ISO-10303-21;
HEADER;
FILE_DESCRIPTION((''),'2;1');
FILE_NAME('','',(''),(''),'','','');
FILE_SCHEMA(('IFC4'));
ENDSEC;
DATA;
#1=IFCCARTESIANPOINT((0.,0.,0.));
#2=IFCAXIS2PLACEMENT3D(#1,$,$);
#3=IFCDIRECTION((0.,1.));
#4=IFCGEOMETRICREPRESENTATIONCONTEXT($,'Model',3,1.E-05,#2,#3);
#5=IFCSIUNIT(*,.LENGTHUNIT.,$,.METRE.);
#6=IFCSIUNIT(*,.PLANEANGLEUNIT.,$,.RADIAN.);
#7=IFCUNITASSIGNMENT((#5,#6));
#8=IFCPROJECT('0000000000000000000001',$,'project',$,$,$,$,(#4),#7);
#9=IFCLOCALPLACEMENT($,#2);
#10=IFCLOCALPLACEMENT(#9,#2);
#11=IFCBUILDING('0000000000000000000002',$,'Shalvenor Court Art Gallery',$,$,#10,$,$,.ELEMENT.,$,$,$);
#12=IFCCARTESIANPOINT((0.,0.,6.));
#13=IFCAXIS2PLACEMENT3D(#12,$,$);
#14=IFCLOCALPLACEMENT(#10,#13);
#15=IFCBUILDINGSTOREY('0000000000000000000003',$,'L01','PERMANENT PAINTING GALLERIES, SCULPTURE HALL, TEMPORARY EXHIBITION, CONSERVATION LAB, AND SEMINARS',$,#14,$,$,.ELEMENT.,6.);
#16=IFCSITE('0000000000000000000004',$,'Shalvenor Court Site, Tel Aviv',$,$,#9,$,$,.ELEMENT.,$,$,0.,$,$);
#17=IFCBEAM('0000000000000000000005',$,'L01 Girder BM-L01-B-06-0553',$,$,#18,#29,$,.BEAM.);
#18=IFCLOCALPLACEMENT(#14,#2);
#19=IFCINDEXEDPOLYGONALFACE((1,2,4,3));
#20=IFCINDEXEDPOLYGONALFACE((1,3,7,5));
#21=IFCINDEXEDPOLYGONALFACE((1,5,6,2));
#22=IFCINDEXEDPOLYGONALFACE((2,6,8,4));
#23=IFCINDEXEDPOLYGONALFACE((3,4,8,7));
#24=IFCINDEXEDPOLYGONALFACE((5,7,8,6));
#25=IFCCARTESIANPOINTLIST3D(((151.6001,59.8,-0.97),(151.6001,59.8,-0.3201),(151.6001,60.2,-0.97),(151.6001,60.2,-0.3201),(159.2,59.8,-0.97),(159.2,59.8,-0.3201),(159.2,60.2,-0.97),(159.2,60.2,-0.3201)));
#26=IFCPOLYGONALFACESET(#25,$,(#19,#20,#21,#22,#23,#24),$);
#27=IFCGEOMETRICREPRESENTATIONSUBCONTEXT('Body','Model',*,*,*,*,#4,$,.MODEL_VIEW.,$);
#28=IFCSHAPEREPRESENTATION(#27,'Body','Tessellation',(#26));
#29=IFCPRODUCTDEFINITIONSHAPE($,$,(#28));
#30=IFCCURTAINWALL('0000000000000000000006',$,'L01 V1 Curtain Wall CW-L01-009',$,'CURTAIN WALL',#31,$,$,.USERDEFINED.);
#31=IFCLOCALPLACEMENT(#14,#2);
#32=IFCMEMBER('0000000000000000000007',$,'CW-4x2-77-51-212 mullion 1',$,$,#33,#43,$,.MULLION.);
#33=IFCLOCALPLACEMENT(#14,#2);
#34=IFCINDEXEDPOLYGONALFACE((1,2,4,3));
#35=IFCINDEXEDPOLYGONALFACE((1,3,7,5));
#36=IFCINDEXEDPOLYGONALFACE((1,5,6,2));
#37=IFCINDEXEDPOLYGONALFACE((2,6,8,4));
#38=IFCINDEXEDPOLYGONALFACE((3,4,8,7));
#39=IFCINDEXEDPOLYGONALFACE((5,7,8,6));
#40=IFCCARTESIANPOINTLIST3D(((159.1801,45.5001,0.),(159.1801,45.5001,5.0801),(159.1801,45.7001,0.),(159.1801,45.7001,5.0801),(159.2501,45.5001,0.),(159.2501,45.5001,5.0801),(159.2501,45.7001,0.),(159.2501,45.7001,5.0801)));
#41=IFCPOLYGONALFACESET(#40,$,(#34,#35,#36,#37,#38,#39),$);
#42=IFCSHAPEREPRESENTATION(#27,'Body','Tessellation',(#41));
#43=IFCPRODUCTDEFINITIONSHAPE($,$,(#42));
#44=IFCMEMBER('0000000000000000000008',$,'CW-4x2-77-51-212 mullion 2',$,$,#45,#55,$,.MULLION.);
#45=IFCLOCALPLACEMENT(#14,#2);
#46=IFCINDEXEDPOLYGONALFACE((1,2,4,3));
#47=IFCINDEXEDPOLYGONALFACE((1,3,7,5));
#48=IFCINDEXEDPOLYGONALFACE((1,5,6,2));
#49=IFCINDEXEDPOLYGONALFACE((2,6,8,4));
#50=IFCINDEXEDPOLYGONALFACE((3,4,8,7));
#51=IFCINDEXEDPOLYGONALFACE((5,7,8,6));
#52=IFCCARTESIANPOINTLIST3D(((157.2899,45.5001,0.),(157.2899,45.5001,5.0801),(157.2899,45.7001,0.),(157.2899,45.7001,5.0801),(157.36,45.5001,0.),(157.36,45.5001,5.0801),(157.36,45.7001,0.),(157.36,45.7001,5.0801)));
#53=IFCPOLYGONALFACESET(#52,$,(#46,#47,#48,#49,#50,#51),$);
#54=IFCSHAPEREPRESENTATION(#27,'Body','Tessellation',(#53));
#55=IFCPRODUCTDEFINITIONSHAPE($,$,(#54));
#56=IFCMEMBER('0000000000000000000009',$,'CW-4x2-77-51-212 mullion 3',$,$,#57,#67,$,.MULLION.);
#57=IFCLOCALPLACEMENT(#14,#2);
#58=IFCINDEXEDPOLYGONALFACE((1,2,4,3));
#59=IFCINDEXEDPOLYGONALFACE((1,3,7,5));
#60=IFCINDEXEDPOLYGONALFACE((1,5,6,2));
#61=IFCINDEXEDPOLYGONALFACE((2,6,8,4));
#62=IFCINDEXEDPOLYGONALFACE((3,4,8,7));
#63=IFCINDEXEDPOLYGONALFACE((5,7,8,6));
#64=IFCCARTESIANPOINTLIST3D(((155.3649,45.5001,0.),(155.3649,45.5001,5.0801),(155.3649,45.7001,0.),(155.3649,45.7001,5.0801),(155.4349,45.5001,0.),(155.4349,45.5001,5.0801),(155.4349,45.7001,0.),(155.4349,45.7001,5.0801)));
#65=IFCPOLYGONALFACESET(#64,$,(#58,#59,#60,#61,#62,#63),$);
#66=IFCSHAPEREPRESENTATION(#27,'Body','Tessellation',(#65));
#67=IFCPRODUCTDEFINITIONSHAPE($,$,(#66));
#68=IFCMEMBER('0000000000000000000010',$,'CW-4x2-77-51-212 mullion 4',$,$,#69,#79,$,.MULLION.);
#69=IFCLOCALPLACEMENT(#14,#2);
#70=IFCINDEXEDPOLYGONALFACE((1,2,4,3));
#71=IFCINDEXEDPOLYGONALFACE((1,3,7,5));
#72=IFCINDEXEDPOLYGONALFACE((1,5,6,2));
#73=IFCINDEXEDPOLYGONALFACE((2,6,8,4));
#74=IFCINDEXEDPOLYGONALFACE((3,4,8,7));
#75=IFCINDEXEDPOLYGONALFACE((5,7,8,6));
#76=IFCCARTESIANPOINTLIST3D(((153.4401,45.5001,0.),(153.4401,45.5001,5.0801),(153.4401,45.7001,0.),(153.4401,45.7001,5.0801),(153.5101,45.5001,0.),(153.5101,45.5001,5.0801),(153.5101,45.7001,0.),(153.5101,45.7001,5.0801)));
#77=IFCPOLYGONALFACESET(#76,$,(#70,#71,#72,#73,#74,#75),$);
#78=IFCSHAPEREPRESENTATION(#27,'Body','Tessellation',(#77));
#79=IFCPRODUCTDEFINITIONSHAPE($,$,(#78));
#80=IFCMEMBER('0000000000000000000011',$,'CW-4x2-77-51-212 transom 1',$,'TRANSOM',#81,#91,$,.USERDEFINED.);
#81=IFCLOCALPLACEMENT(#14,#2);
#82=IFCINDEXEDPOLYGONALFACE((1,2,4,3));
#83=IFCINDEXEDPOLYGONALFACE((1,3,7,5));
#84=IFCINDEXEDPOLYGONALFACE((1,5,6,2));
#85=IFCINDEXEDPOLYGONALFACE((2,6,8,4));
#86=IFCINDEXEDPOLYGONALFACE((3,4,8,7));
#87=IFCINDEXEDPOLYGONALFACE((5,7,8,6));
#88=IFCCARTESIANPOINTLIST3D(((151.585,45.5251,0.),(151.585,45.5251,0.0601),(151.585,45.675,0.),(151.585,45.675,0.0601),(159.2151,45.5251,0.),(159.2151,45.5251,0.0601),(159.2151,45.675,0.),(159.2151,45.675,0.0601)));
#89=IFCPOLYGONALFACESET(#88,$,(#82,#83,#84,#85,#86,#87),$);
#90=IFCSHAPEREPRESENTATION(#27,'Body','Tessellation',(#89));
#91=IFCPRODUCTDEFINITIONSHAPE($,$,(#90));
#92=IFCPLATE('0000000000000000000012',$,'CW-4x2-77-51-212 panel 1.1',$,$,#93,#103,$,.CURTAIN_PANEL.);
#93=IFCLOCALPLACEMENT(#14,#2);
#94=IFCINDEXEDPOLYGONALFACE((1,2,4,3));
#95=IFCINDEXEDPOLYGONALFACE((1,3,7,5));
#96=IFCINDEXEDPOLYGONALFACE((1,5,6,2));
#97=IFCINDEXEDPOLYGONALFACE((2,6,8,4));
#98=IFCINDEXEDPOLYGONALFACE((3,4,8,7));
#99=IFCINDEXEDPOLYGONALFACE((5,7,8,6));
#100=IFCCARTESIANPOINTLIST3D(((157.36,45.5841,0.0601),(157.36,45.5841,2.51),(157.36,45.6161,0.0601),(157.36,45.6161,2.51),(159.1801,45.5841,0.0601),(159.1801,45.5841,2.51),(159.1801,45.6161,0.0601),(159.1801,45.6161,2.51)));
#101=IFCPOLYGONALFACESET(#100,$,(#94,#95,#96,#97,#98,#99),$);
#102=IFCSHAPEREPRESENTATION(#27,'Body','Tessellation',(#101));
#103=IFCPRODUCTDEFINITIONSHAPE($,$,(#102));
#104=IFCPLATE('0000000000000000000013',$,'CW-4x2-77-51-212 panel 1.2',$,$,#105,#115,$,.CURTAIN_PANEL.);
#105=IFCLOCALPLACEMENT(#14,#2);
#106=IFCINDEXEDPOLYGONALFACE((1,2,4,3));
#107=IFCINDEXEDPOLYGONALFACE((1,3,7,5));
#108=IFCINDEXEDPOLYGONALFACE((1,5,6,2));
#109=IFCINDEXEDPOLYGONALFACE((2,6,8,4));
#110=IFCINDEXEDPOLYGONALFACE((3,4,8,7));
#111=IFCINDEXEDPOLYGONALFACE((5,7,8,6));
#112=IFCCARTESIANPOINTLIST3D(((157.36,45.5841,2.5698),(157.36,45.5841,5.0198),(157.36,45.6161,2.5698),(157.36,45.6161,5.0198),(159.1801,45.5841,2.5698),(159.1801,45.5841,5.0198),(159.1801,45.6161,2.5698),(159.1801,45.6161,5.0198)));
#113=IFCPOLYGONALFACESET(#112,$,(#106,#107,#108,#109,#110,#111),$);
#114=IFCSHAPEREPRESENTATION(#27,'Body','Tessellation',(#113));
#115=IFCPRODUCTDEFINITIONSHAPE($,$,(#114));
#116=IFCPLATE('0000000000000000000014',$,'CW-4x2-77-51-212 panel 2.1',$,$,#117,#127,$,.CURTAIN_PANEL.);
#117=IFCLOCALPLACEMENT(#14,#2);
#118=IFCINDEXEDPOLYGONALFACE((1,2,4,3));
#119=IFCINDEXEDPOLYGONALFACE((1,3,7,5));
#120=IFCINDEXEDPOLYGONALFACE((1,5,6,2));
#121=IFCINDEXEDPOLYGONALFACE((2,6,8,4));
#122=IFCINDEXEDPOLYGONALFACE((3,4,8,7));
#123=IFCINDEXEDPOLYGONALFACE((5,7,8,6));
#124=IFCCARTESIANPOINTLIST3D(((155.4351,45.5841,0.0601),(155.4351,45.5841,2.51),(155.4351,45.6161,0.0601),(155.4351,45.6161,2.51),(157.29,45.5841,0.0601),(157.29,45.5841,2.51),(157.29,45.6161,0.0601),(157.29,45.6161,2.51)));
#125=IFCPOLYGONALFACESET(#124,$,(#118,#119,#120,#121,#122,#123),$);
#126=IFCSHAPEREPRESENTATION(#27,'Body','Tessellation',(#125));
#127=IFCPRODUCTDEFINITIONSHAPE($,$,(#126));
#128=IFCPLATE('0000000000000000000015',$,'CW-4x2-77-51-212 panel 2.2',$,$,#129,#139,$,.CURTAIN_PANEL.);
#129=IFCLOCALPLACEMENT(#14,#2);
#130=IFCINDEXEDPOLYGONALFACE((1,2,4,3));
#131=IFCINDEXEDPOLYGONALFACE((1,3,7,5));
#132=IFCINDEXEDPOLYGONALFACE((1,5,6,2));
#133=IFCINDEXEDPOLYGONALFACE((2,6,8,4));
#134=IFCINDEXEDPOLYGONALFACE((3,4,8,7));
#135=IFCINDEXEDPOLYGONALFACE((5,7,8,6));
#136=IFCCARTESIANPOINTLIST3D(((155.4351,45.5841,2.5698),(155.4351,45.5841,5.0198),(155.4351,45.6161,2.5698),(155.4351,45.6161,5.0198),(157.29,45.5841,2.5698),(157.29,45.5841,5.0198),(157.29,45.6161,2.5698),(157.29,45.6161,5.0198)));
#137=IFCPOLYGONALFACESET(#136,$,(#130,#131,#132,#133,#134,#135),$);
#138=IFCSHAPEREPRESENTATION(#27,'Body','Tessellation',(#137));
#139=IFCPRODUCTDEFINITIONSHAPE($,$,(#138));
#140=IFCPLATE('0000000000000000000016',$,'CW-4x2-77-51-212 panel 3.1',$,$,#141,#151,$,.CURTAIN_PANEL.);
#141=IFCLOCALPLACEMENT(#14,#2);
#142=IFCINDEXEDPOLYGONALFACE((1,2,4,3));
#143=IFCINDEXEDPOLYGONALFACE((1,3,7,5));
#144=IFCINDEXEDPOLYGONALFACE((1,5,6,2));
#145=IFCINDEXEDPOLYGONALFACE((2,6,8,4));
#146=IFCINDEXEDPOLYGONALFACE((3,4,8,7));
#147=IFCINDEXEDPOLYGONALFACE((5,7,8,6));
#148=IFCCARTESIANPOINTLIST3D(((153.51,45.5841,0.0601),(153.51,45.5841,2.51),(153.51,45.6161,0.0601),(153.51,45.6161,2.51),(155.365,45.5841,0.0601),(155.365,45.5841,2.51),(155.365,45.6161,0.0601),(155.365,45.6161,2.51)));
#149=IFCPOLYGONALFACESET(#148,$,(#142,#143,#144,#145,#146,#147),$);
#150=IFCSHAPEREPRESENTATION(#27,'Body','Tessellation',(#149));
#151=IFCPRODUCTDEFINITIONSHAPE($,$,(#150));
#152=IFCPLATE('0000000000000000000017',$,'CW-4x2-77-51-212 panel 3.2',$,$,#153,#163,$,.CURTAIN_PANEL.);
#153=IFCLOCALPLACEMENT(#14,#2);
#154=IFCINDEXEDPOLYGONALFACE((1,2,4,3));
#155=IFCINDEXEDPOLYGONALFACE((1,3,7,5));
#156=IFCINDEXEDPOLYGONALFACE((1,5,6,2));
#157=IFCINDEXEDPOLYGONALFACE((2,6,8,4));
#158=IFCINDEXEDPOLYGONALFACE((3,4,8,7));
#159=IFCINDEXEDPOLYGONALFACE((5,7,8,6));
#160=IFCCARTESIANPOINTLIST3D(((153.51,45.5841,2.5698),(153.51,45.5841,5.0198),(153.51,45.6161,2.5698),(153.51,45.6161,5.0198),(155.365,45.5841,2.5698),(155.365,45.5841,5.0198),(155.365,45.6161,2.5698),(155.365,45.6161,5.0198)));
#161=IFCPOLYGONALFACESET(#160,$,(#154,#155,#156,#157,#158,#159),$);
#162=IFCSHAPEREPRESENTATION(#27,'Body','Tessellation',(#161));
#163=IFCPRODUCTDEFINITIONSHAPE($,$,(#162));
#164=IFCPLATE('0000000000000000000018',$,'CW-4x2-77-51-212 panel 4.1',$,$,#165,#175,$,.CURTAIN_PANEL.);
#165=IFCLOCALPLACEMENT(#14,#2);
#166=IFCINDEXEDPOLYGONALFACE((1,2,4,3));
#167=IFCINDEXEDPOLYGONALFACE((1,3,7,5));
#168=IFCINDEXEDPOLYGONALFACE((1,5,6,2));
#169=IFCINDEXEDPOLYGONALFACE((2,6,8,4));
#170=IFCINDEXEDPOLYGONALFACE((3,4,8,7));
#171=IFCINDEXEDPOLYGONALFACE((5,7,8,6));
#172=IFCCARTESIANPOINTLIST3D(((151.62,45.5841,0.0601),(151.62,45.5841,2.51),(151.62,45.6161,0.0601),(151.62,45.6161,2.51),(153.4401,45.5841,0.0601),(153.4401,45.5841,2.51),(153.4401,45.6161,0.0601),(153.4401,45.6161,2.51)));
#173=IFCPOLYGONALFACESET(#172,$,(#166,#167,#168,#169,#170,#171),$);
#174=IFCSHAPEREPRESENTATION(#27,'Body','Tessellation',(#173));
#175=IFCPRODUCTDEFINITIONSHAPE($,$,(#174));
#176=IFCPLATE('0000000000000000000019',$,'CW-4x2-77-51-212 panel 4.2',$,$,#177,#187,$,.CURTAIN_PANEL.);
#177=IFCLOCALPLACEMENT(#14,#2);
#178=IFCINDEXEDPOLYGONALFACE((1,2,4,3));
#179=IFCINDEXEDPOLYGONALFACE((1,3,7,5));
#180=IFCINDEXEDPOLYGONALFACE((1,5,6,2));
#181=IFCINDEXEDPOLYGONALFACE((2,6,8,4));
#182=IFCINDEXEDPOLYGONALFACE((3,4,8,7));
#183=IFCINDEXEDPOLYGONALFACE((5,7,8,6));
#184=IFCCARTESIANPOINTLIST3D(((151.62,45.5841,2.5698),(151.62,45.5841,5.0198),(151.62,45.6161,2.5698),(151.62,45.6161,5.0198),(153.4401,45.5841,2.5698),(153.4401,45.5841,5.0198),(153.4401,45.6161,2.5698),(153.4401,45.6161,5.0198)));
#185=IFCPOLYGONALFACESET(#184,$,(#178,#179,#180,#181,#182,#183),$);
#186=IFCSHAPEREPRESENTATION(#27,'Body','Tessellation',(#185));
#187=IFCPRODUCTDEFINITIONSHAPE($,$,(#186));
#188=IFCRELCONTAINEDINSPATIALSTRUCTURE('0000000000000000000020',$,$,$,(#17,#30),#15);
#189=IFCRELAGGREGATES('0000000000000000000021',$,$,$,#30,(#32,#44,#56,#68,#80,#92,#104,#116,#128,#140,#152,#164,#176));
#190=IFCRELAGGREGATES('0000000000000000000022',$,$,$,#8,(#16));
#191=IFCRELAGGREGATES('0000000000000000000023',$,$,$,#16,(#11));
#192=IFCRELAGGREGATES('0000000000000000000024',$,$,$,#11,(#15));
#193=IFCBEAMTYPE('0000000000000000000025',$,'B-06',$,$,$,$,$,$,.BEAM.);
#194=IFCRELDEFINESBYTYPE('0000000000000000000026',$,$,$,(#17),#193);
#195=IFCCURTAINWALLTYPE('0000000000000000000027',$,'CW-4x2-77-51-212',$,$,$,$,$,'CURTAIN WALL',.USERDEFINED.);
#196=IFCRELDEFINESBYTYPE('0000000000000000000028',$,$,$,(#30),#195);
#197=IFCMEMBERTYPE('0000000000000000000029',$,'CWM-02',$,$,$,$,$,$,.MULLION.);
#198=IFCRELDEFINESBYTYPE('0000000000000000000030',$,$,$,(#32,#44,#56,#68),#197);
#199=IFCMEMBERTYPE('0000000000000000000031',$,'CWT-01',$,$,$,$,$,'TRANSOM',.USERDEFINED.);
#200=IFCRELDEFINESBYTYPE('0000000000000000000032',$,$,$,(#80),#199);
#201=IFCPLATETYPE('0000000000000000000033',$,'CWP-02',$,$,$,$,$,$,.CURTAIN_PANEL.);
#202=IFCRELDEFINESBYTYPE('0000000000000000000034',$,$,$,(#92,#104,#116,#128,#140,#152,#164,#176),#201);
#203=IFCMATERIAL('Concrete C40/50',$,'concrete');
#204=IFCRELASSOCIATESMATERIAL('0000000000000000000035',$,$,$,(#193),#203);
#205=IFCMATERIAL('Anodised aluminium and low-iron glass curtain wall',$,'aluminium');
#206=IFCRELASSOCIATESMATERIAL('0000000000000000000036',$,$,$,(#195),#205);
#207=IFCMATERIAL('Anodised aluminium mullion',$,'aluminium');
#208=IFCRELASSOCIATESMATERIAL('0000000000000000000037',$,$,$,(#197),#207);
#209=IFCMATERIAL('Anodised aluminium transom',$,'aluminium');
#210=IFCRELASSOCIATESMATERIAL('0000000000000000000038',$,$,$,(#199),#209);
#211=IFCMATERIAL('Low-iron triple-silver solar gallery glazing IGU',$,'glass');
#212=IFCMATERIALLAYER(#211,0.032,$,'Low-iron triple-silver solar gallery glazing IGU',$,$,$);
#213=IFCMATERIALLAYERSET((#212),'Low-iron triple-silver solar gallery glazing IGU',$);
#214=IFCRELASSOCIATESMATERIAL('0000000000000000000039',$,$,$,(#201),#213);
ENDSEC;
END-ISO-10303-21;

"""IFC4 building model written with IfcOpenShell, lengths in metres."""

from ifc_helpers import new_model, si_unit, direction, frame, origin, origin_2d, place, context, subcontext, project, spatial, rectangle, extrude, material, layer, layer_set, material_profile, profile_set, type_object, element, aggregate, save


model = new_model("IFC4")

# Units and contexts
model_context = context("Model", 3, precision=1e-05, world=origin(), true_north=direction((0.0, 1.0)))
body_context = subcontext(model_context, "Body", "Model", "MODEL_VIEW")
ifc_project = project(units=[si_unit("LENGTHUNIT", "METRE"), si_unit("PLANEANGLEUNIT", "RADIAN")], contexts=[model_context])

# Site, building, storey
site_placement = place(None, origin())
site = spatial("IfcSite", under=ifc_project, at=site_placement, Name="Shalvenor Court Site, Tel Aviv", CompositionType="ELEMENT", RefElevation=0.0)
building_placement = place(site_placement, origin())
building = spatial("IfcBuilding", under=site, at=building_placement, Name="Shalvenor Court Art Gallery", CompositionType="ELEMENT")
storey_placement = place(building_placement, frame((0.0, 0.0, 6.0)))
storey = spatial("IfcBuildingStorey", under=building, at=storey_placement, Name="L01", Description="PERMANENT PAINTING GALLERIES, SCULPTURE HALL, TEMPORARY EXHIBITION, CONSERVATION LAB, AND SEMINARS", CompositionType="ELEMENT", Elevation=6.0)

# Beam
ifc_material_1 = material(Name="Concrete C40/50", Category="concrete")
ifc_material_profile_1 = material_profile(ifc_material_1, rectangle(XDim=0.3999, YDim=0.6499, at=origin_2d()), Name="RC 400x650")
ifc_profile_set_1 = profile_set([ifc_material_profile_1], Name="Concrete C40/50")
beam_type = type_object("IfcBeamType", Name="B-06", PredefinedType="BEAM", material=ifc_profile_set_1)
beam_placement = place(storey_placement, frame((151.6001, 60.0, -0.645), z_axis=(1.0, 0.0, 0.0), x_axis=(0.0, 1.0, 0.0)))
element("IfcBeam", 1, at=beam_placement, inside=storey, type_object=beam_type, Name="L01 Girder BM-L01-B-06-0553", PredefinedType="BEAM", context=body_context, shape_type="SweptSolid", body=[
    extrude(rectangle(XDim=0.3999, YDim=0.6499, at=origin_2d()), origin(), (0.0, 0.0, 1.0), 7.5999),
])

# Curtain wall, members, plates
ifc_material_2 = material(Name="Anodised aluminium and low-iron glass curtain wall", Category="aluminium")
curtain_wall_type = type_object("IfcCurtainWallType", Name="CW-4x2-77-51-212", ElementType="CURTAIN WALL", PredefinedType="USERDEFINED", material=ifc_material_2)
curtain_wall_placement = place(storey_placement, origin())
curtain_wall = element("IfcCurtainWall", 2, at=curtain_wall_placement, inside=storey, type_object=curtain_wall_type, Name="L01 V1 Curtain Wall CW-L01-009", ObjectType="CURTAIN WALL", PredefinedType="USERDEFINED")
ifc_material_3 = material(Name="Anodised aluminium mullion", Category="aluminium")
ifc_material_profile_2 = material_profile(ifc_material_3, rectangle(XDim=0.0701, YDim=0.2, at=origin_2d()), Name="CWM-02")
ifc_profile_set_2 = profile_set([ifc_material_profile_2], Name="Anodised aluminium mullion")
member_type_1 = type_object("IfcMemberType", Name="CWM-02", PredefinedType="MULLION", material=ifc_profile_set_2)
member_1_placement = place(storey_placement, frame((159.2151, 45.6001, 0.0), z_axis=(0.0, 0.0, 1.0), x_axis=(-1.0, 0.0, 0.0)))
member_1 = element("IfcMember", 3, at=member_1_placement, type_object=member_type_1, Name="CW-4x2-77-51-212 mullion 1", PredefinedType="MULLION", context=body_context, shape_type="SweptSolid", body=[
    extrude(rectangle(XDim=0.0701, YDim=0.2, at=origin_2d()), origin(), (0.0, 0.0, 1.0), 5.0801),
])
member_2_placement = place(storey_placement, frame((157.325, 45.6001, 0.0), z_axis=(0.0, 0.0, 1.0), x_axis=(-1.0, 0.0, 0.0)))
member_2 = element("IfcMember", 4, at=member_2_placement, type_object=member_type_1, Name="CW-4x2-77-51-212 mullion 2", PredefinedType="MULLION", context=body_context, shape_type="SweptSolid", body=[
    extrude(rectangle(XDim=0.0701, YDim=0.2, at=origin_2d()), origin(), (0.0, 0.0, 1.0), 5.0801),
])
member_3_placement = place(storey_placement, frame((155.3999, 45.6001, 0.0), z_axis=(0.0, 0.0, 1.0), x_axis=(-1.0, 0.0, 0.0)))
member_3 = element("IfcMember", 5, at=member_3_placement, type_object=member_type_1, Name="CW-4x2-77-51-212 mullion 3", PredefinedType="MULLION", context=body_context, shape_type="SweptSolid", body=[
    extrude(rectangle(XDim=0.0701, YDim=0.2, at=origin_2d()), origin(), (0.0, 0.0, 1.0), 5.0801),
])
member_4_placement = place(storey_placement, frame((153.4751, 45.6001, 0.0), z_axis=(0.0, 0.0, 1.0), x_axis=(-1.0, 0.0, 0.0)))
member_4 = element("IfcMember", 6, at=member_4_placement, type_object=member_type_1, Name="CW-4x2-77-51-212 mullion 4", PredefinedType="MULLION", context=body_context, shape_type="SweptSolid", body=[
    extrude(rectangle(XDim=0.0701, YDim=0.2, at=origin_2d()), origin(), (0.0, 0.0, 1.0), 5.0801),
])
ifc_material_4 = material(Name="Anodised aluminium transom", Category="aluminium")
ifc_material_profile_3 = material_profile(ifc_material_4, rectangle(XDim=0.1499, YDim=0.0601, at=origin_2d()), Name="CWT-01")
ifc_profile_set_3 = profile_set([ifc_material_profile_3], Name="Anodised aluminium transom")
member_type_2 = type_object("IfcMemberType", Name="CWT-01", ElementType="TRANSOM", PredefinedType="USERDEFINED", material=ifc_profile_set_3)
member_5_placement = place(storey_placement, frame((159.2151, 45.6001, 0.03), z_axis=(-1.0, 0.0, 0.0), x_axis=(0.0, -1.0, 0.0)))
member_5 = element("IfcMember", 7, at=member_5_placement, type_object=member_type_2, Name="CW-4x2-77-51-212 transom 1", ObjectType="TRANSOM", PredefinedType="USERDEFINED", context=body_context, shape_type="SweptSolid", body=[
    extrude(rectangle(XDim=0.1499, YDim=0.0601, at=origin_2d()), origin(), (0.0, 0.0, 1.0), 7.6301),
])
ifc_material_5 = material(Name="Low-iron triple-silver solar gallery glazing IGU", Category="glass")
ifc_layer_1 = layer(ifc_material_5, 0.032, Name="Low-iron triple-silver solar gallery glazing IGU")
ifc_layer_set_1 = layer_set([ifc_layer_1], Name="Low-iron triple-silver solar gallery glazing IGU")
plate_type_1 = type_object("IfcPlateType", Name="CWP-02", PredefinedType="CURTAIN_PANEL", material=ifc_layer_set_1)
plate_1_placement = place(storey_placement, frame((158.27, 45.6001, 0.0601), z_axis=(0.0, 0.0, 1.0), x_axis=(-1.0, 0.0, 0.0)))
plate_1 = element("IfcPlate", 8, at=plate_1_placement, type_object=plate_type_1, Name="CW-4x2-77-51-212 panel 1.1", PredefinedType="CURTAIN_PANEL", context=body_context, shape_type="SweptSolid", body=[
    extrude(rectangle(XDim=1.8201, YDim=0.032, at=origin_2d()), origin(), (0.0, 0.0, 1.0), 2.45),
])
plate_2_placement = place(storey_placement, frame((158.27, 45.6001, 2.5698), z_axis=(0.0, 0.0, 1.0), x_axis=(-1.0, 0.0, 0.0)))
plate_2 = element("IfcPlate", 9, at=plate_2_placement, type_object=plate_type_1, Name="CW-4x2-77-51-212 panel 1.2", PredefinedType="CURTAIN_PANEL", context=body_context, shape_type="SweptSolid", body=[
    extrude(rectangle(XDim=1.8201, YDim=0.032, at=origin_2d()), origin(), (0.0, 0.0, 1.0), 2.45),
])
plate_3_placement = place(storey_placement, frame((156.3625, 45.6001, 0.0601), z_axis=(0.0, 0.0, 1.0), x_axis=(-1.0, 0.0, 0.0)))
plate_3 = element("IfcPlate", 10, at=plate_3_placement, type_object=plate_type_1, Name="CW-4x2-77-51-212 panel 2.1", PredefinedType="CURTAIN_PANEL", context=body_context, shape_type="SweptSolid", body=[
    extrude(rectangle(XDim=1.855, YDim=0.032, at=origin_2d()), origin(), (0.0, 0.0, 1.0), 2.45),
])
plate_4_placement = place(storey_placement, frame((156.3625, 45.6001, 2.5698), z_axis=(0.0, 0.0, 1.0), x_axis=(-1.0, 0.0, 0.0)))
plate_4 = element("IfcPlate", 11, at=plate_4_placement, type_object=plate_type_1, Name="CW-4x2-77-51-212 panel 2.2", PredefinedType="CURTAIN_PANEL", context=body_context, shape_type="SweptSolid", body=[
    extrude(rectangle(XDim=1.855, YDim=0.032, at=origin_2d()), origin(), (0.0, 0.0, 1.0), 2.45),
])
plate_5_placement = place(storey_placement, frame((154.4375, 45.6001, 0.0601), z_axis=(0.0, 0.0, 1.0), x_axis=(-1.0, 0.0, 0.0)))
plate_5 = element("IfcPlate", 12, at=plate_5_placement, type_object=plate_type_1, Name="CW-4x2-77-51-212 panel 3.1", PredefinedType="CURTAIN_PANEL", context=body_context, shape_type="SweptSolid", body=[
    extrude(rectangle(XDim=1.855, YDim=0.032, at=origin_2d()), origin(), (0.0, 0.0, 1.0), 2.45),
])
plate_6_placement = place(storey_placement, frame((154.4375, 45.6001, 2.5698), z_axis=(0.0, 0.0, 1.0), x_axis=(-1.0, 0.0, 0.0)))
plate_6 = element("IfcPlate", 13, at=plate_6_placement, type_object=plate_type_1, Name="CW-4x2-77-51-212 panel 3.2", PredefinedType="CURTAIN_PANEL", context=body_context, shape_type="SweptSolid", body=[
    extrude(rectangle(XDim=1.855, YDim=0.032, at=origin_2d()), origin(), (0.0, 0.0, 1.0), 2.45),
])
plate_7_placement = place(storey_placement, frame((152.53, 45.6001, 0.0601), z_axis=(0.0, 0.0, 1.0), x_axis=(-1.0, 0.0, 0.0)))
plate_7 = element("IfcPlate", 14, at=plate_7_placement, type_object=plate_type_1, Name="CW-4x2-77-51-212 panel 4.1", PredefinedType="CURTAIN_PANEL", context=body_context, shape_type="SweptSolid", body=[
    extrude(rectangle(XDim=1.8201, YDim=0.032, at=origin_2d()), origin(), (0.0, 0.0, 1.0), 2.45),
])
plate_8_placement = place(storey_placement, frame((152.53, 45.6001, 2.5698), z_axis=(0.0, 0.0, 1.0), x_axis=(-1.0, 0.0, 0.0)))
plate_8 = element("IfcPlate", 15, at=plate_8_placement, type_object=plate_type_1, Name="CW-4x2-77-51-212 panel 4.2", PredefinedType="CURTAIN_PANEL", context=body_context, shape_type="SweptSolid", body=[
    extrude(rectangle(XDim=1.8201, YDim=0.032, at=origin_2d()), origin(), (0.0, 0.0, 1.0), 2.45),
])
aggregate(curtain_wall, [member_1, member_2, member_3, member_4, member_5, plate_1, plate_2, plate_3, plate_4, plate_5, plate_6, plate_7, plate_8])

save(model, "model.ifc")
